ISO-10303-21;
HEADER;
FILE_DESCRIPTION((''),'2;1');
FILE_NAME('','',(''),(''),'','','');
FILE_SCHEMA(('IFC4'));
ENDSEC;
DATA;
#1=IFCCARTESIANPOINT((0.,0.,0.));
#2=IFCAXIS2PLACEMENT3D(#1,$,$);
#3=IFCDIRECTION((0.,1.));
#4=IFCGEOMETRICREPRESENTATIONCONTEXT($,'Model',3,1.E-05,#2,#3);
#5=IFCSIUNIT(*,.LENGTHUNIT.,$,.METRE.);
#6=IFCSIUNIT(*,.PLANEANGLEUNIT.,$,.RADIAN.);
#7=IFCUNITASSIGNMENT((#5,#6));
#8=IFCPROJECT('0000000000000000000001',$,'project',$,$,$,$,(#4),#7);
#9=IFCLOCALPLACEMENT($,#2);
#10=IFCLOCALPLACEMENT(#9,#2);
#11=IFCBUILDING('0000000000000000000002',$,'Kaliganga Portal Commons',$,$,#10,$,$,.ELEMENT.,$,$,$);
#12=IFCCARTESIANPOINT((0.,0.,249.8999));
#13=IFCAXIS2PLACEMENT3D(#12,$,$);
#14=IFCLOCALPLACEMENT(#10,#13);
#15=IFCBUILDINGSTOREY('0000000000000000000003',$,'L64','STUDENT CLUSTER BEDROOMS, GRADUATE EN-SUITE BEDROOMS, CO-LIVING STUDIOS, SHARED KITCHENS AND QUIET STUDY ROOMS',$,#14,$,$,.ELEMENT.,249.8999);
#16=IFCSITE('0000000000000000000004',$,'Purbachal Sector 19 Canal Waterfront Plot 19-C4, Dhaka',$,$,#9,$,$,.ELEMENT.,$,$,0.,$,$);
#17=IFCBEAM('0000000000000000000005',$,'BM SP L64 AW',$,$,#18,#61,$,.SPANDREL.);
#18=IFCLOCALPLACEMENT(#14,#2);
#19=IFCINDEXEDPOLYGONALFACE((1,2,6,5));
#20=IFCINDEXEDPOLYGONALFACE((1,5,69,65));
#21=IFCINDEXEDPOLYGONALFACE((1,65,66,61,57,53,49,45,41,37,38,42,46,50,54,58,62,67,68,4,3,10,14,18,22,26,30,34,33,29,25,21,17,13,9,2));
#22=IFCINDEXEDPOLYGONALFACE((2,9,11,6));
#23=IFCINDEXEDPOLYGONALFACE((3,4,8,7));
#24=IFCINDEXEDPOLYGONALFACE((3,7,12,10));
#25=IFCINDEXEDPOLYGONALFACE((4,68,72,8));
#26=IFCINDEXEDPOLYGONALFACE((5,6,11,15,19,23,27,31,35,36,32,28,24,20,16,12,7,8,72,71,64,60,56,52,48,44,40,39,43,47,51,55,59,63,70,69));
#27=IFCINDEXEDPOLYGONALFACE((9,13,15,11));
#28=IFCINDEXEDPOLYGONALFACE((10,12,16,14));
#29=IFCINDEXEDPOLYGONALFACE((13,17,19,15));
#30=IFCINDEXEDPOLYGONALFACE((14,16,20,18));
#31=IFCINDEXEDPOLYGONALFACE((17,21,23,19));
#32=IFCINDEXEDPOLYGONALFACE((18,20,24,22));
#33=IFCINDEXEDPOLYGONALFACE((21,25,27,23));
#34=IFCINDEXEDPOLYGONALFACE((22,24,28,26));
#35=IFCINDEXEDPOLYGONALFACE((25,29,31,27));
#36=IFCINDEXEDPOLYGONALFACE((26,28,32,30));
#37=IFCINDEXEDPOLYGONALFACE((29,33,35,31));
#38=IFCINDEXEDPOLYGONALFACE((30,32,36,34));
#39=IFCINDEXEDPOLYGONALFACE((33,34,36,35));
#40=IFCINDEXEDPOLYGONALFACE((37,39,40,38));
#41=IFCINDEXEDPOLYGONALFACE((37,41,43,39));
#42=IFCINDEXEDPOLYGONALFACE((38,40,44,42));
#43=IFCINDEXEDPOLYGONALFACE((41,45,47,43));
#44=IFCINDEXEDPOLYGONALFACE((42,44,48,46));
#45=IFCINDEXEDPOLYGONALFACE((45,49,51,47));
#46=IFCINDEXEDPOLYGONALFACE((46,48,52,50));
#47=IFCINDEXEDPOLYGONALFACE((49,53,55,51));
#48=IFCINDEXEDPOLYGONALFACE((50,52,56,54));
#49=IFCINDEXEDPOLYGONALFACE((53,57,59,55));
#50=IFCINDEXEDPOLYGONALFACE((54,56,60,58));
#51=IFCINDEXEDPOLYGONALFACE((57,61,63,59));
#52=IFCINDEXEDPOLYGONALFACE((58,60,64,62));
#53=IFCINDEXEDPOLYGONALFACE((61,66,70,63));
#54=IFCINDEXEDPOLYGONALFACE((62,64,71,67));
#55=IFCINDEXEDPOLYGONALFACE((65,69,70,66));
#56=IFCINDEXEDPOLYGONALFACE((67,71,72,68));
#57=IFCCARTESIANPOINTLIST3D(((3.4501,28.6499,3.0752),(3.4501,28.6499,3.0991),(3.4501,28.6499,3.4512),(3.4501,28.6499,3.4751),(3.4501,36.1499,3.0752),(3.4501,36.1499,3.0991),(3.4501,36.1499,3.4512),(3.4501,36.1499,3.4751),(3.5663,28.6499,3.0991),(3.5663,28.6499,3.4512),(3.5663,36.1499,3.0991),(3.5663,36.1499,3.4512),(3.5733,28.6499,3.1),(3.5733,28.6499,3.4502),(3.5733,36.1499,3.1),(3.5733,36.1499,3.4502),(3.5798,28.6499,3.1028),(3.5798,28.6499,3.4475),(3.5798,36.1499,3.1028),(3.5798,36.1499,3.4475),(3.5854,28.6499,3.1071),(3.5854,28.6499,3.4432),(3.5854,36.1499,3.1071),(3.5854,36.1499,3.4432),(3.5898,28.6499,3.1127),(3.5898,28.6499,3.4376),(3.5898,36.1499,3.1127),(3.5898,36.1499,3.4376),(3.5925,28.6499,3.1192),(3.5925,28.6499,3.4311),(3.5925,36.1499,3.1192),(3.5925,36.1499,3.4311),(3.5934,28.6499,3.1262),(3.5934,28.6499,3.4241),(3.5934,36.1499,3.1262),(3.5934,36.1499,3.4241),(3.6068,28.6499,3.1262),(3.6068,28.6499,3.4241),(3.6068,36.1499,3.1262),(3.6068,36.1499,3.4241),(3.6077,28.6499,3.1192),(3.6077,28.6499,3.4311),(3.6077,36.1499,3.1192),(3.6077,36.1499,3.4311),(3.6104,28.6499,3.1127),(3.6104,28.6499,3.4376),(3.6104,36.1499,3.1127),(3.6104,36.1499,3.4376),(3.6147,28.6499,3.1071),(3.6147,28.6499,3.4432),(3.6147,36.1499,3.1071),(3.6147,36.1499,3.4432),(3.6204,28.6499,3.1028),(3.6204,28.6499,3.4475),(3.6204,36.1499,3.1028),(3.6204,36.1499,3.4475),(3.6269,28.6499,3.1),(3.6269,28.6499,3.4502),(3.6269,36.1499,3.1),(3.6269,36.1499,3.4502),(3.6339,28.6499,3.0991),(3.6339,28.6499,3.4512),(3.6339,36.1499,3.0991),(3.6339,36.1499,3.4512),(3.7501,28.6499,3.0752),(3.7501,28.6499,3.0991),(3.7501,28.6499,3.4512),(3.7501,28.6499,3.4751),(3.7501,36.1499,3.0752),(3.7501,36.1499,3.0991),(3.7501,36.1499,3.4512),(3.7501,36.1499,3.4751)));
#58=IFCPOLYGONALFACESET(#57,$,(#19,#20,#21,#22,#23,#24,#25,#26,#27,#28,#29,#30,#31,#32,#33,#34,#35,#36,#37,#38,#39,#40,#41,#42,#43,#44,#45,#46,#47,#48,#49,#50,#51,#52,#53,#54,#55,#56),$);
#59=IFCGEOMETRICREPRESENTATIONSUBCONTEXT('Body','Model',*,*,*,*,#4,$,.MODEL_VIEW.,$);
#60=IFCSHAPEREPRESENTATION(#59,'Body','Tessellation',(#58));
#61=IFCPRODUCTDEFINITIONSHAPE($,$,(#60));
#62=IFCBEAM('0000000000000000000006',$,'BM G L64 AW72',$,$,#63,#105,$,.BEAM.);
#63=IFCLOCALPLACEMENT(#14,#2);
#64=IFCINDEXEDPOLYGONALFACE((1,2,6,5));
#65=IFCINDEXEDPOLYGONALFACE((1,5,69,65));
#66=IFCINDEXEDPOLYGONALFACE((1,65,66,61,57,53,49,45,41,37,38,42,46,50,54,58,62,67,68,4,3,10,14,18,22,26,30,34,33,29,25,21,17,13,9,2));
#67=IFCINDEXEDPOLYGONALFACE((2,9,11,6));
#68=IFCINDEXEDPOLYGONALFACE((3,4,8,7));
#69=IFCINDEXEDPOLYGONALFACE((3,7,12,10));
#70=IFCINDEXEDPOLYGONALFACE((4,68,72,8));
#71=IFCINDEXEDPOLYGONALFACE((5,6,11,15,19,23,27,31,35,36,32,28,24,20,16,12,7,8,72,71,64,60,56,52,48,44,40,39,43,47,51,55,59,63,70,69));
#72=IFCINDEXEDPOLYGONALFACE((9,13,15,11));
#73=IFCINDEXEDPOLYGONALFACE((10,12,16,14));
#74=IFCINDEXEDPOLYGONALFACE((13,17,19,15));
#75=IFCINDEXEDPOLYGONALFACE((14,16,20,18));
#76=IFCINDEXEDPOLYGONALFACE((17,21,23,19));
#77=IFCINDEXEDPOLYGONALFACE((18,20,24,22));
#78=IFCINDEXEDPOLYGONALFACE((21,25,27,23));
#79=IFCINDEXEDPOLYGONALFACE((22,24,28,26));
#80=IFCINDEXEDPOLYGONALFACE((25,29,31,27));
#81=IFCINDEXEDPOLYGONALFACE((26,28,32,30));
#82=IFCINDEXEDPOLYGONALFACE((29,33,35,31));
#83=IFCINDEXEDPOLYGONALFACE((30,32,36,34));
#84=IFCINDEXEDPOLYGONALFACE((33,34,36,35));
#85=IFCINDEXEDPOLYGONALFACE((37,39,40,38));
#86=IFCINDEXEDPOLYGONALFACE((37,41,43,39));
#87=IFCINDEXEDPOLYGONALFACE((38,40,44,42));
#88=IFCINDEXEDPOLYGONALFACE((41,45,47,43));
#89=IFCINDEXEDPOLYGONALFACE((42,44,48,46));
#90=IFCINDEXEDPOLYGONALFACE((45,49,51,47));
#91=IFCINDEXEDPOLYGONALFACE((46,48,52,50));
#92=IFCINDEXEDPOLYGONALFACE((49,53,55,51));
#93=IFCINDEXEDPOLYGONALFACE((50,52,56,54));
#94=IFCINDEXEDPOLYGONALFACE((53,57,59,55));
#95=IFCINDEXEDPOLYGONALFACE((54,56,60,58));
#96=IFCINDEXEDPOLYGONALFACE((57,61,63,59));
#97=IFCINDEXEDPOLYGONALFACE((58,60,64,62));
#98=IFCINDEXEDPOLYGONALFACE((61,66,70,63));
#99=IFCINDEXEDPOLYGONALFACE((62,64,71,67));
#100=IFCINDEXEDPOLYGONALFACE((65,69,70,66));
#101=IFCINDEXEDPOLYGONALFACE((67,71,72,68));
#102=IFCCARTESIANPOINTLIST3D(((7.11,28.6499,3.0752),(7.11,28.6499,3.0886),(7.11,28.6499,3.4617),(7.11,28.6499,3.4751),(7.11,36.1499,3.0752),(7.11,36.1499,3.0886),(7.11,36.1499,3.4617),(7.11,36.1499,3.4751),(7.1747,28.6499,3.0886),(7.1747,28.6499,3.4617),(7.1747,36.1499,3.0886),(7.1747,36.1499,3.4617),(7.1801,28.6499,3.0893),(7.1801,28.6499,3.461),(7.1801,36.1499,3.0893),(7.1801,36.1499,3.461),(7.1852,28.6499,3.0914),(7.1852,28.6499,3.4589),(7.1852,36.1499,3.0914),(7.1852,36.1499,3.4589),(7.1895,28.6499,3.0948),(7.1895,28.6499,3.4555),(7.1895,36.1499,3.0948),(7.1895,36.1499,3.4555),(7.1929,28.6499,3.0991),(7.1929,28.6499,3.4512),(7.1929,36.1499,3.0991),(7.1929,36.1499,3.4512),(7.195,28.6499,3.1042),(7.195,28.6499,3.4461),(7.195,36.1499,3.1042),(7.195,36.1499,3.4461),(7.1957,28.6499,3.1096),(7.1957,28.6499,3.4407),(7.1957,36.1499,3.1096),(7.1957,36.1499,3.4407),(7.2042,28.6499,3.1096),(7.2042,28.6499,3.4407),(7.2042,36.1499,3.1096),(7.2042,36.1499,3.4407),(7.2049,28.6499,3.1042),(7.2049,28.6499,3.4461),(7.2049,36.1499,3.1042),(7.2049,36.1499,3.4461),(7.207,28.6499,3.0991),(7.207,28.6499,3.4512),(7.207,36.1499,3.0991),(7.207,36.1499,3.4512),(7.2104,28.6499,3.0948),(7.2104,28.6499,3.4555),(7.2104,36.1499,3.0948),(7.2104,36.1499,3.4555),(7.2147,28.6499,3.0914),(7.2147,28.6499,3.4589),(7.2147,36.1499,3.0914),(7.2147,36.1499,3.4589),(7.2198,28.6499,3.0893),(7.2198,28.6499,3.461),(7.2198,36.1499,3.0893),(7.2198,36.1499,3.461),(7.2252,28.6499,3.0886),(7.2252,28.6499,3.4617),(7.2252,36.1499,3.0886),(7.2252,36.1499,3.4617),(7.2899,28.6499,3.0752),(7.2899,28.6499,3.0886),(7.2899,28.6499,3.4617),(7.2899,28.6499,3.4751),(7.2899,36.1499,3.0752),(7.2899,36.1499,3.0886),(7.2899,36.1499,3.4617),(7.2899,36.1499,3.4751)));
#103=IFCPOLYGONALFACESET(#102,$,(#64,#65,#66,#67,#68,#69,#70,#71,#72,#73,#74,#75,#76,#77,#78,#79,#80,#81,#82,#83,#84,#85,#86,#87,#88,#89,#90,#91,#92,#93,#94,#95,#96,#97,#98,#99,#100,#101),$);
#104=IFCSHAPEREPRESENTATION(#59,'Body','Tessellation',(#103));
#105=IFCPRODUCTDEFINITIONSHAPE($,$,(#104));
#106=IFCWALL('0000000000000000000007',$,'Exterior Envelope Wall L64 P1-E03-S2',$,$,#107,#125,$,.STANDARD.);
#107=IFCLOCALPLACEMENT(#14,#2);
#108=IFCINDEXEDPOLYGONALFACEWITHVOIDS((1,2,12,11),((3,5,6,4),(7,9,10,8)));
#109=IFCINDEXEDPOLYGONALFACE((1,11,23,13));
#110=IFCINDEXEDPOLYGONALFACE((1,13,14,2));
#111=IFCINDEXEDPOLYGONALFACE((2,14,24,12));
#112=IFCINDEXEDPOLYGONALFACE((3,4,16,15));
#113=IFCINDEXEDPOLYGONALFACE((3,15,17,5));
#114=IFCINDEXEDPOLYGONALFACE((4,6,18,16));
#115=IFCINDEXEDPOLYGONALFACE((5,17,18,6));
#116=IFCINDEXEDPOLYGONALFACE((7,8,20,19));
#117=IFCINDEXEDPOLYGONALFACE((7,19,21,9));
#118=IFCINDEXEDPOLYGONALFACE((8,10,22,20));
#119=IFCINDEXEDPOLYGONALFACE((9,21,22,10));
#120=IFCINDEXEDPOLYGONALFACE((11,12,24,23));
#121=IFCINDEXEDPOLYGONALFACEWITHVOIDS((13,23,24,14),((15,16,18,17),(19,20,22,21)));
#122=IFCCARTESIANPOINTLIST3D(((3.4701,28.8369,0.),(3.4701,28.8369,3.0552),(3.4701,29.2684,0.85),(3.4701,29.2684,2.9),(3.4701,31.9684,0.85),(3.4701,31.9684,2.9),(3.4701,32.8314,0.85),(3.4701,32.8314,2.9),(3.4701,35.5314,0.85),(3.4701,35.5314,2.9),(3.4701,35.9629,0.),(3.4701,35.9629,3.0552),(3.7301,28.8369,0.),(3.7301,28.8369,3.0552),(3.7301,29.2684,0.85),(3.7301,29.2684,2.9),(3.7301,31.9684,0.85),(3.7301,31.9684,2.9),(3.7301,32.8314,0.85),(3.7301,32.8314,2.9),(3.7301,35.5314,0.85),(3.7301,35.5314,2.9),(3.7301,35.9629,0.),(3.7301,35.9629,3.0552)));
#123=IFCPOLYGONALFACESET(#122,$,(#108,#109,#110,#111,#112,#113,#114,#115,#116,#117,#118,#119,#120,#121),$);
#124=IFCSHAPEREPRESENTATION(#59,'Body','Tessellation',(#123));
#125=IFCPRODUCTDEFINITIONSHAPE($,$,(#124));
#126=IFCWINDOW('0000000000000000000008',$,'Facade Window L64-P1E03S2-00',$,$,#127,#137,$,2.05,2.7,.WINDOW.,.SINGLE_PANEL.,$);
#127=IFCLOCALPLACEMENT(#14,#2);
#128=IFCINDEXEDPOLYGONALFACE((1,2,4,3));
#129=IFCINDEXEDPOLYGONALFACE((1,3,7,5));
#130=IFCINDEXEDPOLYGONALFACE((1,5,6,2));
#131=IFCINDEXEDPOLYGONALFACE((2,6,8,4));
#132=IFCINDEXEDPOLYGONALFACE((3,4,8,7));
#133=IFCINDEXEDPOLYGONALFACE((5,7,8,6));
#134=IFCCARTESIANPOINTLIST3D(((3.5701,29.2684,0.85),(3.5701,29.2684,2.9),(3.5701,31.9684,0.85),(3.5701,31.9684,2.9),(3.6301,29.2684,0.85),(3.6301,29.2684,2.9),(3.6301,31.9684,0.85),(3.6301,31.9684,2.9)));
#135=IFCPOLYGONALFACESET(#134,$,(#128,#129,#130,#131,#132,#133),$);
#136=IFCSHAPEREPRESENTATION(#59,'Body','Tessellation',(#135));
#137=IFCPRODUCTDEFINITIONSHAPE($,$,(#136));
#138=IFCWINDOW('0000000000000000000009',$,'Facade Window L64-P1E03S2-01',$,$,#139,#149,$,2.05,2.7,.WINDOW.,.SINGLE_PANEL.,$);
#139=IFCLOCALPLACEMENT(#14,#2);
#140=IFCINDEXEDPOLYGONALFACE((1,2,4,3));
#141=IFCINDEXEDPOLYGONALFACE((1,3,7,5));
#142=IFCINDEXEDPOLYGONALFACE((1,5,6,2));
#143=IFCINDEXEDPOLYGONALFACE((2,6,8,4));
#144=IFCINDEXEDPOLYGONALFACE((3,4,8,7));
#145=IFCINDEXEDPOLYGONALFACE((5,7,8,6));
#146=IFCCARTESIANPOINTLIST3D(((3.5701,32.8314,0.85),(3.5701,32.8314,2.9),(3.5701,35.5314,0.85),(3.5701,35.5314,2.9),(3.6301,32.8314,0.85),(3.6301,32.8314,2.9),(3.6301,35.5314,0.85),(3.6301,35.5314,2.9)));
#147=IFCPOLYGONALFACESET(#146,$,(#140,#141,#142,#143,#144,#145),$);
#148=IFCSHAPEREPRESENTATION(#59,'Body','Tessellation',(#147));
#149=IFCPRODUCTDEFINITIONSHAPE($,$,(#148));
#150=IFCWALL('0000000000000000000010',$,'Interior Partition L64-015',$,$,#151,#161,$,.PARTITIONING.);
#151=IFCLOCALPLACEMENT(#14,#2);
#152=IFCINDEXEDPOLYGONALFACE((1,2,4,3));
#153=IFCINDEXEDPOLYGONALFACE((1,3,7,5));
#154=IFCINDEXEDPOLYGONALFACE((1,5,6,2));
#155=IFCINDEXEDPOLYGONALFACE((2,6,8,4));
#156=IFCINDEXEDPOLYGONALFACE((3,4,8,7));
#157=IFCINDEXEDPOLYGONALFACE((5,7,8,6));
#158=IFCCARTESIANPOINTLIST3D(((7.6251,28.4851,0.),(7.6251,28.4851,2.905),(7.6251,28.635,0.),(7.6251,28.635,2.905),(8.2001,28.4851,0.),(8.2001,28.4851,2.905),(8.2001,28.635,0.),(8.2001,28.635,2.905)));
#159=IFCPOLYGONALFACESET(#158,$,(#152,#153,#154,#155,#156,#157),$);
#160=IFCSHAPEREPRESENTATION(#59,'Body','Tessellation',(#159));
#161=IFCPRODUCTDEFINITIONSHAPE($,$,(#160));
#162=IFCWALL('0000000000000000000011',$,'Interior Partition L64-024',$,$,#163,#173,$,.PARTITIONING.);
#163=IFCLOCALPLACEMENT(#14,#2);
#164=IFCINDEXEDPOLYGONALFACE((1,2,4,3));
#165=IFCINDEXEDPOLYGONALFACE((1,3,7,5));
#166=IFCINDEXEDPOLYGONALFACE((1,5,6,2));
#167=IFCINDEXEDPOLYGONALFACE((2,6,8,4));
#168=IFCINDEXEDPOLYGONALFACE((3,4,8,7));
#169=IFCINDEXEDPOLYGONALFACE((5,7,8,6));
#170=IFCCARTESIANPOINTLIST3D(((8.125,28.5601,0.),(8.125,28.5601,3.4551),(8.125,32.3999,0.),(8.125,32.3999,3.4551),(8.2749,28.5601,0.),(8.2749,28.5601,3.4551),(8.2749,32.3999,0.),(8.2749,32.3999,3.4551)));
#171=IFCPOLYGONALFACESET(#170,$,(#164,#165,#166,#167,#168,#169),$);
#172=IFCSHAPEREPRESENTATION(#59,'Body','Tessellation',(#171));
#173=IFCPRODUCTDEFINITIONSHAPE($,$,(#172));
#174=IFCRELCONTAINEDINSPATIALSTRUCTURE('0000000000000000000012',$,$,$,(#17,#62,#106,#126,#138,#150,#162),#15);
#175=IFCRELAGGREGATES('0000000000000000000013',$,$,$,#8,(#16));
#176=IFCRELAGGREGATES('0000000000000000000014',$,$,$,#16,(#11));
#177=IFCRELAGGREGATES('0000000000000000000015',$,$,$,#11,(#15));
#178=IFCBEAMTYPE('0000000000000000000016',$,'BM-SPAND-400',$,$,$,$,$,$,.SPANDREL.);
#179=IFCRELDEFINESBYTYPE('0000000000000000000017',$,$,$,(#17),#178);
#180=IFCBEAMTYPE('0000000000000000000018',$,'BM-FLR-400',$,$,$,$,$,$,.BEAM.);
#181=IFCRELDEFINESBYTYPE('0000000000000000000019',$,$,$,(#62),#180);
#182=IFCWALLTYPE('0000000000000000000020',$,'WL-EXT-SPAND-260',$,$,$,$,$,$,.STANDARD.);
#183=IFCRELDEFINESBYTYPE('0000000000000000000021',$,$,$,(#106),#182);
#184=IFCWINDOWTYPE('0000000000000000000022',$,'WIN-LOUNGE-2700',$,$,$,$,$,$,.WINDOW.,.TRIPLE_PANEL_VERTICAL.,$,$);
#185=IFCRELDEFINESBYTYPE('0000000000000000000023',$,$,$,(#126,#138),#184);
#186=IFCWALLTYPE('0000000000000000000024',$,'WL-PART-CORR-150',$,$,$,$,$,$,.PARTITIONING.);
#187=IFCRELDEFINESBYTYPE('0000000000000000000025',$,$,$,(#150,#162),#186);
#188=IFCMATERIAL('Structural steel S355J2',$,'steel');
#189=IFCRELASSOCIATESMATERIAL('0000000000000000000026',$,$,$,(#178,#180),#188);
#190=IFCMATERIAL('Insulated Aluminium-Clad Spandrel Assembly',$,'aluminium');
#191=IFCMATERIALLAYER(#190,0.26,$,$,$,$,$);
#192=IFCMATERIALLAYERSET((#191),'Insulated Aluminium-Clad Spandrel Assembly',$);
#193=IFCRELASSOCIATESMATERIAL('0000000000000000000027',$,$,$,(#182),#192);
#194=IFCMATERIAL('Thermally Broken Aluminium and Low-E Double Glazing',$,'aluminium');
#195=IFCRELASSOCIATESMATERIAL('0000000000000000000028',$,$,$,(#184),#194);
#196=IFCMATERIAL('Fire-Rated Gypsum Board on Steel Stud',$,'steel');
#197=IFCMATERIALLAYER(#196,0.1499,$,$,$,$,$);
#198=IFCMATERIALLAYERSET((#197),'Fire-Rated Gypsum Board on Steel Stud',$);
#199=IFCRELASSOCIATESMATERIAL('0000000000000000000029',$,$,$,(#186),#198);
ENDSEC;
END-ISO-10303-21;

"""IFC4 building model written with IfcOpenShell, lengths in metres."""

from ifc_helpers import new_model, si_unit, direction, frame, frame_2d, origin, origin_2d, place, context, subcontext, project, spatial, rectangle, i_section, extrude, source, transform, mapped, material, layer, layer_set, material_profile, profile_set, type_object, element, fill, save


model = new_model("IFC4")

# Units and contexts
model_context = context("Model", 3, precision=1e-05, world=origin(), true_north=direction((0.0, 1.0)))
body_context = subcontext(model_context, "Body", "Model", "MODEL_VIEW")
ifc_project = project(units=[si_unit("LENGTHUNIT", "METRE"), si_unit("PLANEANGLEUNIT", "RADIAN")], contexts=[model_context])

# Site, building, storey
site_placement = place(None, origin())
site = spatial("IfcSite", under=ifc_project, at=site_placement, Name="Purbachal Sector 19 Canal Waterfront Plot 19-C4, Dhaka", CompositionType="ELEMENT", RefElevation=0.0)
building_placement = place(site_placement, origin())
building = spatial("IfcBuilding", under=site, at=building_placement, Name="Kaliganga Portal Commons", CompositionType="ELEMENT")
storey_placement = place(building_placement, frame((0.0, 0.0, 249.8999)))
storey = spatial("IfcBuildingStorey", under=building, at=storey_placement, Name="L64", Description="STUDENT CLUSTER BEDROOMS, GRADUATE EN-SUITE BEDROOMS, CO-LIVING STUDIOS, SHARED KITCHENS AND QUIET STUDY ROOMS", CompositionType="ELEMENT", Elevation=249.8999)

# Shared definitions
ifc_material_1 = material(Name="Structural steel S355J2", Category="steel")

# Beams
ifc_material_profile_1 = material_profile(ifc_material_1, i_section(OverallWidth=0.3, OverallDepth=0.3999, WebThickness=0.0134, FlangeThickness=0.0239, FilletRadius=0.0271, at=origin_2d()), Name="HE 400 B")
ifc_profile_set_1 = profile_set([ifc_material_profile_1], Name="Structural steel S355J2 wide-flange")
beam_type_1 = type_object("IfcBeamType", Name="BM-SPAND-400", PredefinedType="SPANDREL", material=ifc_profile_set_1)
shared_shape_1 = source(origin(), body_context, "Body", "SweptSolid", [
    extrude(i_section(OverallWidth=0.3, OverallDepth=0.3999, WebThickness=0.0134, FlangeThickness=0.0239, FilletRadius=0.0271, at=origin_2d()), origin(), (0.0, 0.0, 1.0), 7.5),
])
beam_1_placement = place(storey_placement, frame((3.6001, 28.6499, 3.2751), z_axis=(0.0, 1.0, 0.0), x_axis=(-1.0, 0.0, 0.0)))
element("IfcBeam", 1, at=beam_1_placement, inside=storey, type_object=beam_type_1, Name="BM SP L64 AW", PredefinedType="SPANDREL", context=body_context, shape_type="MappedRepresentation", body=[
    mapped(shared_shape_1, transform((0.0, 0.0, 0.0), x_axis=(1.0, 0.0, 0.0), y_axis=(0.0, 1.0, 0.0), z_axis=(0.0, 0.0, 1.0), scale=1.0)),
])
ifc_material_profile_2 = material_profile(ifc_material_1, i_section(OverallWidth=0.1799, OverallDepth=0.3999, WebThickness=0.0085, FlangeThickness=0.0134, FilletRadius=0.021, at=origin_2d()), Name="IPE 400")
ifc_profile_set_2 = profile_set([ifc_material_profile_2], Name="Structural steel S355J2 wide-flange")
beam_type_2 = type_object("IfcBeamType", Name="BM-FLR-400", PredefinedType="BEAM", material=ifc_profile_set_2)
shared_shape_2 = source(origin(), body_context, "Body", "SweptSolid", [
    extrude(i_section(OverallWidth=0.1799, OverallDepth=0.3999, WebThickness=0.0085, FlangeThickness=0.0134, FilletRadius=0.021, at=origin_2d()), origin(), (0.0, 0.0, 1.0), 7.5),
])
beam_2_placement = place(storey_placement, frame((7.2, 28.6499, 3.2751), z_axis=(0.0, 1.0, 0.0), x_axis=(-1.0, 0.0, 0.0)))
element("IfcBeam", 2, at=beam_2_placement, inside=storey, type_object=beam_type_2, Name="BM G L64 AW72", PredefinedType="BEAM", context=body_context, shape_type="MappedRepresentation", body=[
    mapped(shared_shape_2, transform((0.0, 0.0, 0.0), x_axis=(1.0, 0.0, 0.0), y_axis=(0.0, 1.0, 0.0), z_axis=(0.0, 0.0, 1.0), scale=1.0)),
])

# Wall, openings, windows
ifc_material_2 = material(Name="Insulated Aluminium-Clad Spandrel Assembly", Category="aluminium")
ifc_layer_1 = layer(ifc_material_2, 0.26)
ifc_layer_set_1 = layer_set([ifc_layer_1], Name="Insulated Aluminium-Clad Spandrel Assembly")
wall_type_1 = type_object("IfcWallType", Name="WL-EXT-SPAND-260", PredefinedType="STANDARD", material=ifc_layer_set_1)
wall_1_placement = place(storey_placement, frame((3.6001, 28.8369, 0.0), z_axis=(0.0, 0.0, 1.0), x_axis=(0.0, 1.0, 0.0)))
wall_1 = element("IfcWall", 3, at=wall_1_placement, inside=storey, type_object=wall_type_1, Name="Exterior Envelope Wall L64 P1-E03-S2", PredefinedType="STANDARD", context=body_context, shape_type="SweptSolid", body=[
    extrude(rectangle(XDim=7.126, YDim=0.26, at=frame_2d((3.563, 0.0))), origin(), (0.0, 0.0, 1.0), 3.0552),
])
opening_1_placement = place(wall_1_placement, frame((0.4314, 0.0, 0.8501)))
opening_1 = element("IfcOpeningElement", 4, at=opening_1_placement, cuts=wall_1, PredefinedType="OPENING", context=body_context, shape_type="SweptSolid", body=[
    extrude(rectangle(XDim=2.7, YDim=2.05, at=frame_2d((1.3501, 1.0249))), frame((0.0, 0.1401, 0.0), z_axis=(0.0, -1.0, 0.0), x_axis=(1.0, 0.0, 0.0)), (0.0, 0.0, 1.0), 0.28),
])
opening_2_placement = place(wall_1_placement, frame((3.9944, 0.0, 0.8501)))
opening_2 = element("IfcOpeningElement", 5, at=opening_2_placement, cuts=wall_1, PredefinedType="OPENING", context=body_context, shape_type="SweptSolid", body=[
    extrude(rectangle(XDim=2.7, YDim=2.05, at=frame_2d((1.3501, 1.0249))), frame((0.0, 0.1401, 0.0), z_axis=(0.0, -1.0, 0.0), x_axis=(1.0, 0.0, 0.0)), (0.0, 0.0, 1.0), 0.28),
])
ifc_material_3 = material(Name="Thermally Broken Aluminium and Low-E Double Glazing", Category="aluminium")
window_type = type_object("IfcWindowType", Name="WIN-LOUNGE-2700", PartitioningType="TRIPLE_PANEL_VERTICAL", PredefinedType="WINDOW", material=ifc_material_3)
window_1_placement = place(opening_1_placement, origin())
window_1 = element("IfcWindow", 6, at=window_1_placement, inside=storey, type_object=window_type, Name="Facade Window L64-P1E03S2-00", OverallHeight=2.05, OverallWidth=2.7, PartitioningType="SINGLE_PANEL", PredefinedType="WINDOW", context=body_context, shape_type="SweptSolid", body=[
    extrude(rectangle(XDim=2.7, YDim=2.05, at=frame_2d((1.3501, 1.0249))), frame((0.0, 0.03, 0.0), z_axis=(0.0, -1.0, 0.0), x_axis=(1.0, 0.0, 0.0)), (0.0, 0.0, 1.0), 0.0601),
])
fill(opening_1, window_1)
window_2_placement = place(opening_2_placement, origin())
window_2 = element("IfcWindow", 7, at=window_2_placement, inside=storey, type_object=window_type, Name="Facade Window L64-P1E03S2-01", OverallHeight=2.05, OverallWidth=2.7, PartitioningType="SINGLE_PANEL", PredefinedType="WINDOW", context=body_context, shape_type="SweptSolid", body=[
    extrude(rectangle(XDim=2.7, YDim=2.05, at=frame_2d((1.3501, 1.0249))), frame((0.0, 0.03, 0.0), z_axis=(0.0, -1.0, 0.0), x_axis=(1.0, 0.0, 0.0)), (0.0, 0.0, 1.0), 0.0601),
])
fill(opening_2, window_2)

# Shared definitions
ifc_material_4 = material(Name="Fire-Rated Gypsum Board on Steel Stud", Category="steel")
ifc_layer_2 = layer(ifc_material_4, 0.1499)
ifc_layer_set_2 = layer_set([ifc_layer_2], Name="Fire-Rated Gypsum Board on Steel Stud")
wall_type_2 = type_object("IfcWallType", Name="WL-PART-CORR-150", PredefinedType="PARTITIONING", material=ifc_layer_set_2)

# Walls
wall_2_placement = place(storey_placement, frame((7.625, 28.5601, 0.0), z_axis=(0.0, 0.0, 1.0), x_axis=(1.0, 0.0, 0.0)))
element("IfcWall", 8, at=wall_2_placement, inside=storey, type_object=wall_type_2, Name="Interior Partition L64-015", PredefinedType="PARTITIONING", context=body_context, shape_type="SweptSolid", body=[
    extrude(rectangle(XDim=0.575, YDim=0.1499, at=frame_2d((0.2876, 0.0))), origin(), (0.0, 0.0, 1.0), 2.905),
])
wall_3_placement = place(storey_placement, frame((8.2, 28.5601, 0.0), z_axis=(0.0, 0.0, 1.0), x_axis=(0.0, 1.0, 0.0)))
element("IfcWall", 9, at=wall_3_placement, inside=storey, type_object=wall_type_2, Name="Interior Partition L64-024", PredefinedType="PARTITIONING", context=body_context, shape_type="SweptSolid", body=[
    extrude(rectangle(XDim=3.8398, YDim=0.1499, at=frame_2d((1.9199, 0.0))), origin(), (0.0, 0.0, 1.0), 3.4551),
])

save(model, "model.ifc")
